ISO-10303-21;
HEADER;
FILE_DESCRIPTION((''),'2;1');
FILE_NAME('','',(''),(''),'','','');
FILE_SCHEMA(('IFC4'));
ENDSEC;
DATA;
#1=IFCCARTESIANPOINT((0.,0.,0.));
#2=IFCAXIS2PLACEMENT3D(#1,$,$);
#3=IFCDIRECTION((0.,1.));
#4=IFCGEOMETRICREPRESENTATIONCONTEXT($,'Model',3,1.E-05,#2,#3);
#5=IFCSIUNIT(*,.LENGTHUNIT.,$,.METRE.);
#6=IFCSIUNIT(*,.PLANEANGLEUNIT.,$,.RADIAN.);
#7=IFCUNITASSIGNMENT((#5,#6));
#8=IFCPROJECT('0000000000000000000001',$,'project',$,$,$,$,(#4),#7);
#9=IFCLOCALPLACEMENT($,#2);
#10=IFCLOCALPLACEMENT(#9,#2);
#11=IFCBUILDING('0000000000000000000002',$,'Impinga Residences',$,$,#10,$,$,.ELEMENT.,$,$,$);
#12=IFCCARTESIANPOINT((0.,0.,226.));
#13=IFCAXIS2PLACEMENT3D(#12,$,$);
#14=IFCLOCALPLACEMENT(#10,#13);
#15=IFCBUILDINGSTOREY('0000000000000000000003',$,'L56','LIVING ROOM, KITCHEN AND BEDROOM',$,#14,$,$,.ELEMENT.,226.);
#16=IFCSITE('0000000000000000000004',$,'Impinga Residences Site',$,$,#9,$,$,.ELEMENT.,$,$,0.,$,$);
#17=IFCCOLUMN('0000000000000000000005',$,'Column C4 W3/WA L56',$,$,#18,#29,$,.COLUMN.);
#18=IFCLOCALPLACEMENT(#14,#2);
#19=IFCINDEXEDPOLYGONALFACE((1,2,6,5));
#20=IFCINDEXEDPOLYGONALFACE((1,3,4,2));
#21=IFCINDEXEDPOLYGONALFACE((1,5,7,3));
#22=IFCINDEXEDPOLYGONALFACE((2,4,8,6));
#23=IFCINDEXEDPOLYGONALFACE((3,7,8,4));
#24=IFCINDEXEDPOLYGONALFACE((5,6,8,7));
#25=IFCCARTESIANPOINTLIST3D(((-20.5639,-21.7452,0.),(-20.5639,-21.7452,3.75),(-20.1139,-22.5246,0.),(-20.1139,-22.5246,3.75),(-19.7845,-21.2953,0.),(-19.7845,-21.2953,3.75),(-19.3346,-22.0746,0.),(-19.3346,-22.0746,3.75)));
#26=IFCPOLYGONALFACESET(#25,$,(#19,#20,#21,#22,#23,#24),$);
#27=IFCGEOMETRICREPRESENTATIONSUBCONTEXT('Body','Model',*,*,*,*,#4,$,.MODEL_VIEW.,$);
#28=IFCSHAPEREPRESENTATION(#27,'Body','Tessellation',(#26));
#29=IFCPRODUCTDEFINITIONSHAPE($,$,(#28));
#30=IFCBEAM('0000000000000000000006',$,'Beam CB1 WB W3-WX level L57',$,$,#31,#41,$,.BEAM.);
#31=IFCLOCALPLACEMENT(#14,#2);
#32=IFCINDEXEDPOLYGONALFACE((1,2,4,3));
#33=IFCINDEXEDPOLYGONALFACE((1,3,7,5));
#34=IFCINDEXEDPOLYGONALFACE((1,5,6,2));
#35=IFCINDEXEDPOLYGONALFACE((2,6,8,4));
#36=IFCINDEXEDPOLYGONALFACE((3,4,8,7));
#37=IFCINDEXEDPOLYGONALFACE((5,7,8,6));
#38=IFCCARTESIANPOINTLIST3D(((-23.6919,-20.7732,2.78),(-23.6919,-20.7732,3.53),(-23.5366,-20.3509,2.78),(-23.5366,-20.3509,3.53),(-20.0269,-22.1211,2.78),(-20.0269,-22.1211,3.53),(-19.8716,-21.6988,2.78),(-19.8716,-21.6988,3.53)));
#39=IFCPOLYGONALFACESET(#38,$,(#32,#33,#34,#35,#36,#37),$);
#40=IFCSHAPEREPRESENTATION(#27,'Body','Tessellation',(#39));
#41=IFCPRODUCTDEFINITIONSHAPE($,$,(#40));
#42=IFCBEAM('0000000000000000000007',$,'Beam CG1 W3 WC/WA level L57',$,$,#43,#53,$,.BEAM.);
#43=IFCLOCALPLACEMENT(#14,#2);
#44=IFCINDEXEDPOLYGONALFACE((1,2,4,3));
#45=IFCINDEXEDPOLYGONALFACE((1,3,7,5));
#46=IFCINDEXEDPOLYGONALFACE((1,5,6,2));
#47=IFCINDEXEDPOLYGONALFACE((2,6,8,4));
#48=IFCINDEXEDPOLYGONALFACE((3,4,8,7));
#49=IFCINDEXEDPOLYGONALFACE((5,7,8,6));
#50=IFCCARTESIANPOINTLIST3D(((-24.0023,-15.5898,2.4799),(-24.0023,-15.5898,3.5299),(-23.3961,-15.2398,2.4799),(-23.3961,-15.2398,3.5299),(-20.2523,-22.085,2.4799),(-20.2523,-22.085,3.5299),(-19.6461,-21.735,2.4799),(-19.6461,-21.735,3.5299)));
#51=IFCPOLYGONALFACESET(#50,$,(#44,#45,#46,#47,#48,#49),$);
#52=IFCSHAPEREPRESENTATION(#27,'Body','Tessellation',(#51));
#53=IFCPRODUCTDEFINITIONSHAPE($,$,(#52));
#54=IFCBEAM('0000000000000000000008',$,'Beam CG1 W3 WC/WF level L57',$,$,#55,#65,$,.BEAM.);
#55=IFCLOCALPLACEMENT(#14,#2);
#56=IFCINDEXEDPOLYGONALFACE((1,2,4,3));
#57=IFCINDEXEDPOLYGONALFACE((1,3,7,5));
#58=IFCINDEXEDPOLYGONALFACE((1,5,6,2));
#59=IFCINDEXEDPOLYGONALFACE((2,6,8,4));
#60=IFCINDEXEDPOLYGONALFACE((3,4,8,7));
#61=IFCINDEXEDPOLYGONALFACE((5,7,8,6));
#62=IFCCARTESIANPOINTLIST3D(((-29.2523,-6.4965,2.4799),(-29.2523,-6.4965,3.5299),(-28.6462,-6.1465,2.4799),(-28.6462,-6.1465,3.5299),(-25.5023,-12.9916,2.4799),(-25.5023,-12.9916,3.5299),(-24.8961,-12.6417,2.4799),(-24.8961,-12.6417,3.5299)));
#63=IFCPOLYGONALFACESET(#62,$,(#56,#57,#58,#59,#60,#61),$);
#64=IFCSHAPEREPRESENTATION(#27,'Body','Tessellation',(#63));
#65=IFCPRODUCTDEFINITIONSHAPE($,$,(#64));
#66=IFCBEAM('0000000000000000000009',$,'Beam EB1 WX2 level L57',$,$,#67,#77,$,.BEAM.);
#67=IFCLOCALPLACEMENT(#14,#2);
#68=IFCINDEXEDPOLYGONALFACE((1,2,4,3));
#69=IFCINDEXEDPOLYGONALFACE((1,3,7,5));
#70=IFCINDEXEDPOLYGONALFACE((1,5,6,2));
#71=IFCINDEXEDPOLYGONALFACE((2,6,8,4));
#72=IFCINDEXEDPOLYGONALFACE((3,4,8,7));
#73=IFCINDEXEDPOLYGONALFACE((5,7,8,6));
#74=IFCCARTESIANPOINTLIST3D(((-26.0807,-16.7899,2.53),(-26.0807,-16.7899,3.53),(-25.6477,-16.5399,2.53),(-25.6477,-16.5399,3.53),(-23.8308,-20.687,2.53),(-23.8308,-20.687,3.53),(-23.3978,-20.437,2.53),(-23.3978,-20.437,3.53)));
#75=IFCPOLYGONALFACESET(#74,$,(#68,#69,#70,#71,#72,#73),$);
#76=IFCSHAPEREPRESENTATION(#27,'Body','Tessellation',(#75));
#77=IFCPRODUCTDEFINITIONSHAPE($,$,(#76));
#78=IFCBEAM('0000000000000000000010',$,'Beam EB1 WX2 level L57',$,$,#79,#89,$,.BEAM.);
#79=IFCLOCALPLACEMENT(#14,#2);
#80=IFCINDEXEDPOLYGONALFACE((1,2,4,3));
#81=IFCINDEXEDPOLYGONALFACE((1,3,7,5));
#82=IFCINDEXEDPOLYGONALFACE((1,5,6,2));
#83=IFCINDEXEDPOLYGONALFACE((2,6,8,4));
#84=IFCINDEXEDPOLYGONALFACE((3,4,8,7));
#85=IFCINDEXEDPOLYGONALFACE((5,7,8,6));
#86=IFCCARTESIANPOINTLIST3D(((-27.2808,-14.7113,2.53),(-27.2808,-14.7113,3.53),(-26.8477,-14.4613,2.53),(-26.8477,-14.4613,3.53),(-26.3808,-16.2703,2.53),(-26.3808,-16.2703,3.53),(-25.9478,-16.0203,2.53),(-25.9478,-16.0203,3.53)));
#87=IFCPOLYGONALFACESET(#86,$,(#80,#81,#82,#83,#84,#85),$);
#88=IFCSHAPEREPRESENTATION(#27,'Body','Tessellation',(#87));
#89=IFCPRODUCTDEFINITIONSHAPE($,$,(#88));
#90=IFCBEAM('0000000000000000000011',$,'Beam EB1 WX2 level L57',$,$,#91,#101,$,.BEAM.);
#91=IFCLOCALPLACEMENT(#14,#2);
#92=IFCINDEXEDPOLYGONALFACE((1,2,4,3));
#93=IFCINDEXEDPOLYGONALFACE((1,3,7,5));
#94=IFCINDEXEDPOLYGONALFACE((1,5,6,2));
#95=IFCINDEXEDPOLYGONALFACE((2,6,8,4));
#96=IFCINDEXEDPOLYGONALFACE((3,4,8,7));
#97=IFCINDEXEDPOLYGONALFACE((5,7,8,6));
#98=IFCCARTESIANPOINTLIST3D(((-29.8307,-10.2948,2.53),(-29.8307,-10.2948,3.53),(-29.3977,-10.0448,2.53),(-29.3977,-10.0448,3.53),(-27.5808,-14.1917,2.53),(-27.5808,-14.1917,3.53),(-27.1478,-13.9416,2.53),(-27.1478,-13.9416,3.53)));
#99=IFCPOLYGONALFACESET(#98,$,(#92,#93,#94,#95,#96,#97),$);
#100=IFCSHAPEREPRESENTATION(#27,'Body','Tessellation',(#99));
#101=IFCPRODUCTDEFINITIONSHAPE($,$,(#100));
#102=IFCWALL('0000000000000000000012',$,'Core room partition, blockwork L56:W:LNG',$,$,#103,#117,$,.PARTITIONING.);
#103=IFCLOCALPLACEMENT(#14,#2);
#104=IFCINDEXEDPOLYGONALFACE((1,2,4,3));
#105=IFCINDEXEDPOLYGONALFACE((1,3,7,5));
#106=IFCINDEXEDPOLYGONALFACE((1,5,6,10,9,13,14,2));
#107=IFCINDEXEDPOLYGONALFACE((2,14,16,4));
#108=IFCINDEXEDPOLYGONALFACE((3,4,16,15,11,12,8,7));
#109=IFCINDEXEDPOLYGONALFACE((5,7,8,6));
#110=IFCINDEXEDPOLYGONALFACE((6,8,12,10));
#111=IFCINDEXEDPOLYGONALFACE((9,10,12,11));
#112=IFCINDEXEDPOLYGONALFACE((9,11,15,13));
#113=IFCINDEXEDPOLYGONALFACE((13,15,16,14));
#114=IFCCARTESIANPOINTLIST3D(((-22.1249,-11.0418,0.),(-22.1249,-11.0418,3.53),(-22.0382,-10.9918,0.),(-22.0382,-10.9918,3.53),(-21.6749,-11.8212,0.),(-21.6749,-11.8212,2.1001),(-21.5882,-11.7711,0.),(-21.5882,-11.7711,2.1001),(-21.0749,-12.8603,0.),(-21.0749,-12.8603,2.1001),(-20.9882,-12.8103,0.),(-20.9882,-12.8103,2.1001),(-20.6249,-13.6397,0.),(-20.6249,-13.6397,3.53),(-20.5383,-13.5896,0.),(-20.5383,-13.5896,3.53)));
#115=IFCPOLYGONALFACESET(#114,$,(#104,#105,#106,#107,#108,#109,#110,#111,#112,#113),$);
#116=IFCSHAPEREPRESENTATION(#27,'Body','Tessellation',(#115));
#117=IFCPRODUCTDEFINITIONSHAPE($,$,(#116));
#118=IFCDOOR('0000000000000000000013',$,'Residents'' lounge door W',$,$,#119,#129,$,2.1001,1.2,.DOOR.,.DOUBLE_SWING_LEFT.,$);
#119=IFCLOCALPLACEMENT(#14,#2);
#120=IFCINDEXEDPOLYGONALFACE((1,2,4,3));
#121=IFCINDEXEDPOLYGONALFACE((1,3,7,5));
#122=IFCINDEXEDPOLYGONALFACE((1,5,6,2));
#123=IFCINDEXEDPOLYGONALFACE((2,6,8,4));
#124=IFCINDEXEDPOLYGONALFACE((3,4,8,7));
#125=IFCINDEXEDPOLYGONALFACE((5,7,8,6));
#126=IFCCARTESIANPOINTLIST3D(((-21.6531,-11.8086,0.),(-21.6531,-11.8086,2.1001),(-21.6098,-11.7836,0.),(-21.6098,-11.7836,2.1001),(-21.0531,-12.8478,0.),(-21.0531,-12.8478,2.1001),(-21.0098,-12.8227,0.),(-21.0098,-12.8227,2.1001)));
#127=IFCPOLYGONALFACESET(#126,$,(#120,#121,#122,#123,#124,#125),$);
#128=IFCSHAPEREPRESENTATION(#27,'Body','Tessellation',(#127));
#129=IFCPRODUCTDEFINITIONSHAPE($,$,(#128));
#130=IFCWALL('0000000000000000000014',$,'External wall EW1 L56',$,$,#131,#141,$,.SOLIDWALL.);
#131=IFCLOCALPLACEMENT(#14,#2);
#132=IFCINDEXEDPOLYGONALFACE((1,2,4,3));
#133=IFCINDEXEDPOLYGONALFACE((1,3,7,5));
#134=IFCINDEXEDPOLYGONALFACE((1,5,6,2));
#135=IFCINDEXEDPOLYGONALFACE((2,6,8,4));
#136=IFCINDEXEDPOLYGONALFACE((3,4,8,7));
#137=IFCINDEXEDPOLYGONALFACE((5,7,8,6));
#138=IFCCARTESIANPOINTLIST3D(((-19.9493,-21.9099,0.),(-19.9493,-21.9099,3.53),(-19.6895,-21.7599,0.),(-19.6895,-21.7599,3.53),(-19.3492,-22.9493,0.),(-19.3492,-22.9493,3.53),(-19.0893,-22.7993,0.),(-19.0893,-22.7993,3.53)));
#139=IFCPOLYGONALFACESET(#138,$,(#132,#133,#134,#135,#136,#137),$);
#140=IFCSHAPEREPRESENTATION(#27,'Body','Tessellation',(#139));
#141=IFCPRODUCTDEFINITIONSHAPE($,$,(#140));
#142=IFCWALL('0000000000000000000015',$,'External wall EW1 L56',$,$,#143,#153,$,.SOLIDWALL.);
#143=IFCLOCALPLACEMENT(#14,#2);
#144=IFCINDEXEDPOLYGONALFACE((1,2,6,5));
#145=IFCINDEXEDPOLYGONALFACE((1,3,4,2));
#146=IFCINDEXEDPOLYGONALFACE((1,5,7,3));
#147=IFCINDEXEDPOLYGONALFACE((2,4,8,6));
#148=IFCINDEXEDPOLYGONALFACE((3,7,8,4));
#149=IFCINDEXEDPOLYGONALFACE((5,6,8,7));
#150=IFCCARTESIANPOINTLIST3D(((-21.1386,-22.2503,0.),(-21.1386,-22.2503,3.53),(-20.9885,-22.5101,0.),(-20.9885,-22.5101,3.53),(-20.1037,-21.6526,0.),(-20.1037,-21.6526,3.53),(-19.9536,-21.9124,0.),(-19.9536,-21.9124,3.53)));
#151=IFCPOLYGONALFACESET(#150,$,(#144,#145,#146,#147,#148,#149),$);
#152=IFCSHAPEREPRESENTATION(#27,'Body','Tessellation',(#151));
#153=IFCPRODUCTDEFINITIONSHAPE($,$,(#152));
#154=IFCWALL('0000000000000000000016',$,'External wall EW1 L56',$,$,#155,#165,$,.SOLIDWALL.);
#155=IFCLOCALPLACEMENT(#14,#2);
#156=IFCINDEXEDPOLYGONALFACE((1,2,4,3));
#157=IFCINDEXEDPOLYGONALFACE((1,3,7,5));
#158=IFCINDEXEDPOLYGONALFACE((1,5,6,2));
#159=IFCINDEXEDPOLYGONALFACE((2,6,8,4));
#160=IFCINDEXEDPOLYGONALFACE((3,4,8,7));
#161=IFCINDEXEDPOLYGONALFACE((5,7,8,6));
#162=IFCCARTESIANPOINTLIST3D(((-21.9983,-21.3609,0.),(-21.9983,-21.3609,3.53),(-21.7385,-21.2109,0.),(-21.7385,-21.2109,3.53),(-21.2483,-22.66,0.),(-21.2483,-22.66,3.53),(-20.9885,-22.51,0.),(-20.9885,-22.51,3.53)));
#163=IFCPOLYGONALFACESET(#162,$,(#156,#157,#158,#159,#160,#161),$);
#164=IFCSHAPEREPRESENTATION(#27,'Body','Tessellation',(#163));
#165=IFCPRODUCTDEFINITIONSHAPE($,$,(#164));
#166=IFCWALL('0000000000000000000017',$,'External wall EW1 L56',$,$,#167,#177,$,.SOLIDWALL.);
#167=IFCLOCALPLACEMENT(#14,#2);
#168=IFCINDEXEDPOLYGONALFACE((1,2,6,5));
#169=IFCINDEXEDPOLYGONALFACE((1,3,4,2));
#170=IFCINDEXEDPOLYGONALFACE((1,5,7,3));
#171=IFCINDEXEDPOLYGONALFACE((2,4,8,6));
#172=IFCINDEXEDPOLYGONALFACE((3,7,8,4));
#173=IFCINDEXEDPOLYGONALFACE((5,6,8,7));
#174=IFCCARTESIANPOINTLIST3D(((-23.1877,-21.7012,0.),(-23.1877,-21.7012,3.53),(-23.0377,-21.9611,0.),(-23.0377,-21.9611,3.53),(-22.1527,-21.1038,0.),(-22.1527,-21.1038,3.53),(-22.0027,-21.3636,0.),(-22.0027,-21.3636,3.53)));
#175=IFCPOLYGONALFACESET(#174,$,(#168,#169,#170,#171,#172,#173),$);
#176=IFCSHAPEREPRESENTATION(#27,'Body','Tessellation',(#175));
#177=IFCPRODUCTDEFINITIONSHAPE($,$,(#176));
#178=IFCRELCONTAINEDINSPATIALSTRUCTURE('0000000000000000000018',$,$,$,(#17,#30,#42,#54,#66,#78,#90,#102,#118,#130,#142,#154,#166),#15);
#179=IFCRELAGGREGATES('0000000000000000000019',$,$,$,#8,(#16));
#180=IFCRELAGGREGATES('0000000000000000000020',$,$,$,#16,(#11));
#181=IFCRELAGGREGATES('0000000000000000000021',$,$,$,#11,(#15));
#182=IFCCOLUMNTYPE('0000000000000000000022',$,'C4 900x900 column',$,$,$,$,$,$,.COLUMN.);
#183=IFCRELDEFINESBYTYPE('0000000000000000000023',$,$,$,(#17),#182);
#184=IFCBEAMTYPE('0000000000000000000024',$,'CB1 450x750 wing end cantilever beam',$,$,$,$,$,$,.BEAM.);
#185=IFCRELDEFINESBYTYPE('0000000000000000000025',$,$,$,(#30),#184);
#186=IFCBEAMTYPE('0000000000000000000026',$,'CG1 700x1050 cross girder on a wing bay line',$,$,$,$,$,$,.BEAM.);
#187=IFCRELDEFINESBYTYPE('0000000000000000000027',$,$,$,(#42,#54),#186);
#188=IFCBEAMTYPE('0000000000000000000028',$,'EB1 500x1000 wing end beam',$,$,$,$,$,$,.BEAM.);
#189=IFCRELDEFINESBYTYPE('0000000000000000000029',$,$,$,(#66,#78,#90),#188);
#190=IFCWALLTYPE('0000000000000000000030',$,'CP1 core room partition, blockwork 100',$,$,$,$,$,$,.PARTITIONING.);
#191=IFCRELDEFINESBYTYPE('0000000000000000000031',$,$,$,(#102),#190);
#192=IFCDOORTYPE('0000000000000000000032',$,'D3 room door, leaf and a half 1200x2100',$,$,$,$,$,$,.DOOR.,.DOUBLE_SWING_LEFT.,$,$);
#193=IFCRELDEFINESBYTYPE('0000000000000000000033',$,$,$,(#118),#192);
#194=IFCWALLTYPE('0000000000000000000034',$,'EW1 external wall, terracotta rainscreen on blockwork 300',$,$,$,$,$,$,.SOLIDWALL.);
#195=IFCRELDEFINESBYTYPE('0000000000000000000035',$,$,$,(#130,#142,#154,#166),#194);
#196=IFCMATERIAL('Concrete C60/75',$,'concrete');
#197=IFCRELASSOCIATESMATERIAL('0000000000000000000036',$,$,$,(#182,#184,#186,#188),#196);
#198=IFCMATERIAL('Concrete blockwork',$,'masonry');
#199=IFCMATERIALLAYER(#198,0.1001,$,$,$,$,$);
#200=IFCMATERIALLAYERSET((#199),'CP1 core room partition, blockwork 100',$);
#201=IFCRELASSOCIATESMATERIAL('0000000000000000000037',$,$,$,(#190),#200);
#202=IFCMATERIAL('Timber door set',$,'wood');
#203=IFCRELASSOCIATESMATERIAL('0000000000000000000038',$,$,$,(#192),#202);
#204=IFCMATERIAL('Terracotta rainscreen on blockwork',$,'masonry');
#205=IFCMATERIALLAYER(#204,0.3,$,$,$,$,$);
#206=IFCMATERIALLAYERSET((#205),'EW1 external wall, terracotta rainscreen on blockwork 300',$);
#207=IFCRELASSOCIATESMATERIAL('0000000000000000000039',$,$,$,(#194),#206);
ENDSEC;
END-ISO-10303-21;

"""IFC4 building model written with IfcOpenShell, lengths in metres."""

from ifc_helpers import new_model, si_unit, direction, frame, frame_2d, origin, origin_2d, place, context, subcontext, project, spatial, rectangle, extrude, material, layer, layer_set, material_profile, profile_set, type_object, element, fill, save


model = new_model("IFC4")

# Units and contexts
model_context = context("Model", 3, precision=1e-05, world=origin(), true_north=direction((0.0, 1.0)))
body_context = subcontext(model_context, "Body", "Model", "MODEL_VIEW")
ifc_project = project(units=[si_unit("LENGTHUNIT", "METRE"), si_unit("PLANEANGLEUNIT", "RADIAN")], contexts=[model_context])

# Site, building, storey
site_placement = place(None, origin())
site = spatial("IfcSite", under=ifc_project, at=site_placement, Name="Impinga Residences Site", CompositionType="ELEMENT", RefElevation=0.0)
building_placement = place(site_placement, origin())
building = spatial("IfcBuilding", under=site, at=building_placement, Name="Impinga Residences", CompositionType="ELEMENT")
storey_placement = place(building_placement, frame((0.0, 0.0, 226.0)))
storey = spatial("IfcBuildingStorey", under=building, at=storey_placement, Name="L56", Description="LIVING ROOM, KITCHEN AND BEDROOM", CompositionType="ELEMENT", Elevation=226.0)

# Column
ifc_material_1 = material(Name="Concrete C60/75", Category="concrete")
ifc_material_profile_1 = material_profile(ifc_material_1, rectangle(XDim=0.8999, YDim=0.8999, at=origin_2d()), Name="RC 900x900")
ifc_profile_set_1 = profile_set([ifc_material_profile_1], Name="Concrete C60/75")
column_type = type_object("IfcColumnType", Name="C4 900x900 column", PredefinedType="COLUMN", material=ifc_profile_set_1)
column_placement = place(storey_placement, frame((-19.9492, -21.9099, 0.0), z_axis=(0.0, 0.0, 1.0), x_axis=(-0.5, 0.866025, 0.0)))
element("IfcColumn", 1, at=column_placement, inside=storey, type_object=column_type, Name="Column C4 W3/WA L56", PredefinedType="COLUMN", context=body_context, shape_type="SweptSolid", body=[
    extrude(rectangle(XDim=0.8999, YDim=0.8999, at=origin_2d()), origin(), (0.0, 0.0, 1.0), 3.75),
])

# Beams
ifc_material_profile_2 = material_profile(ifc_material_1, rectangle(XDim=0.45, YDim=0.75, at=origin_2d()), Name="RC 450x750")
ifc_profile_set_2 = profile_set([ifc_material_profile_2], Name="Concrete C60/75")
beam_type_1 = type_object("IfcBeamType", Name="CB1 450x750 wing end cantilever beam", PredefinedType="BEAM", material=ifc_profile_set_2)
beam_1_placement = place(storey_placement, frame((-19.9492, -21.9099, 3.155), z_axis=(-0.93854, 0.345169, 0.0), x_axis=(-0.345169, -0.93854, 0.0)))
element("IfcBeam", 2, at=beam_1_placement, inside=storey, type_object=beam_type_1, Name="Beam CB1 WB W3-WX level L57", PredefinedType="BEAM", context=body_context, shape_type="SweptSolid", body=[
    extrude(rectangle(XDim=0.45, YDim=0.75, at=origin_2d()), origin(), (0.0, 0.0, 1.0), 3.905),
])
ifc_material_profile_3 = material_profile(ifc_material_1, rectangle(XDim=0.7, YDim=1.05, at=origin_2d()), Name="RC 700x1050")
ifc_profile_set_3 = profile_set([ifc_material_profile_3], Name="Concrete C60/75")
beam_type_2 = type_object("IfcBeamType", Name="CG1 700x1050 cross girder on a wing bay line", PredefinedType="BEAM", material=ifc_profile_set_3)
for number, where, z_axis, x_axis, name in (
    (3, (-23.6992, -15.4148, 3.0049), (0.500004, -0.866023, 0.0), (0.866023, 0.500004, 0.0), "Beam CG1 W3 WC/WA level L57"),
    (4, (-25.1992, -12.8167, 3.0049), (-0.500004, 0.866023, 0.0), (-0.866023, -0.500004, 0.0), "Beam CG1 W3 WC/WF level L57"),
):
    element("IfcBeam", number, at=place(storey_placement, frame(where, z_axis=z_axis, x_axis=x_axis)), inside=storey, type_object=beam_type_2, Name=name, PredefinedType="BEAM", context=body_context, shape_type="SweptSolid", body=[
        extrude(rectangle(XDim=0.7, YDim=1.05, at=origin_2d()), origin(), (0.0, 0.0, 1.0), 7.5),
    ])
ifc_material_profile_4 = material_profile(ifc_material_1, rectangle(XDim=0.5, YDim=1.0, at=origin_2d()), Name="RC 500x1000")
ifc_profile_set_4 = profile_set([ifc_material_profile_4], Name="Concrete C60/75")
beam_type_3 = type_object("IfcBeamType", Name="EB1 500x1000 wing end beam", PredefinedType="BEAM", material=ifc_profile_set_4)
beam_2_placement = place(storey_placement, frame((-23.6143, -20.562, 3.03), z_axis=(-0.49999, 0.866031, 0.0), x_axis=(-0.866031, -0.49999, 0.0)))
element("IfcBeam", 5, at=beam_2_placement, inside=storey, type_object=beam_type_3, Name="Beam EB1 WX2 level L57", PredefinedType="BEAM", context=body_context, shape_type="SweptSolid", body=[
    extrude(rectangle(XDim=0.5, YDim=1.0, at=origin_2d()), origin(), (0.0, 0.0, 1.0), 4.5),
])
beam_3_placement = place(storey_placement, frame((-26.1643, -16.1453, 3.03), z_axis=(-0.499961, 0.866048, 0.0), x_axis=(-0.866048, -0.499961, 0.0)))
element("IfcBeam", 6, at=beam_3_placement, inside=storey, type_object=beam_type_3, Name="Beam EB1 WX2 level L57", PredefinedType="BEAM", context=body_context, shape_type="SweptSolid", body=[
    extrude(rectangle(XDim=0.5, YDim=1.0, at=origin_2d()), origin(), (0.0, 0.0, 1.0), 1.8),
])
beam_4_placement = place(storey_placement, frame((-27.3643, -14.0667, 3.03), z_axis=(-0.500014, 0.866018, 0.0), x_axis=(-0.866018, -0.500014, 0.0)))
element("IfcBeam", 7, at=beam_4_placement, inside=storey, type_object=beam_type_3, Name="Beam EB1 WX2 level L57", PredefinedType="BEAM", context=body_context, shape_type="SweptSolid", body=[
    extrude(rectangle(XDim=0.5, YDim=1.0, at=origin_2d()), origin(), (0.0, 0.0, 1.0), 4.4998),
])

# Wall, opening, door
ifc_material_2 = material(Name="Concrete blockwork", Category="masonry")
ifc_layer_1 = layer(ifc_material_2, 0.1001)
ifc_layer_set_1 = layer_set([ifc_layer_1], Name="CP1 core room partition, blockwork 100")
wall_type_1 = type_object("IfcWallType", Name="CP1 core room partition, blockwork 100", PredefinedType="PARTITIONING", material=ifc_layer_set_1)
wall_1_placement = place(storey_placement, frame((-20.5815, -13.6147, 0.0), z_axis=(0.0, 0.0, 1.0), x_axis=(-0.500025, 0.866011, 0.0)))
wall_1 = element("IfcWall", 8, at=wall_1_placement, inside=storey, type_object=wall_type_1, Name="Core room partition, blockwork L56:W:LNG", PredefinedType="PARTITIONING", context=body_context, shape_type="SweptSolid", body=[
    extrude(rectangle(XDim=2.9998, YDim=0.1001, at=frame_2d((1.5, 0.0))), origin(), (0.0, 0.0, 1.0), 3.53),
])
opening_1_placement = place(wall_1_placement, frame((0.8999, 0.0, 0.0)))
opening_1 = element("IfcOpeningElement", 9, at=opening_1_placement, cuts=wall_1, PredefinedType="OPENING", context=body_context, shape_type="SweptSolid", body=[
    extrude(rectangle(XDim=1.2, YDim=2.1001, at=frame_2d((0.6001, 1.05))), frame((0.0, 0.0601, 0.0), z_axis=(0.0, -1.0, 0.0), x_axis=(1.0, 0.0, 0.0)), (0.0, 0.0, 1.0), 0.1201),
])
ifc_material_3 = material(Name="Timber door set", Category="wood")
door_type = type_object("IfcDoorType", Name="D3 room door, leaf and a half 1200x2100", OperationType="DOUBLE_SWING_LEFT", PredefinedType="DOOR", material=ifc_material_3)
door_placement = place(opening_1_placement, origin())
door = element("IfcDoor", 10, at=door_placement, inside=storey, type_object=door_type, Name="Residents' lounge door W", OperationType="DOUBLE_SWING_LEFT", OverallHeight=2.1001, OverallWidth=1.2, PredefinedType="DOOR", context=body_context, shape_type="SweptSolid", body=[
    extrude(rectangle(XDim=1.2, YDim=2.1001, at=frame_2d((0.6001, 1.05))), frame((0.0, 0.0249, 0.0), z_axis=(0.0, -1.0, 0.0), x_axis=(1.0, 0.0, 0.0)), (0.0, 0.0, 1.0), 0.05),
])
fill(opening_1, door)

# Walls
ifc_material_4 = material(Name="Terracotta rainscreen on blockwork", Category="masonry")
ifc_layer_2 = layer(ifc_material_4, 0.3)
ifc_layer_set_2 = layer_set([ifc_layer_2], Name="EW1 external wall, terracotta rainscreen on blockwork 300")
wall_type_2 = type_object("IfcWallType", Name="EW1 external wall, terracotta rainscreen on blockwork 300", PredefinedType="SOLIDWALL", material=ifc_layer_set_2)
wall_2_placement = place(storey_placement, frame((-19.2192, -22.8743, 0.0), z_axis=(0.0, 0.0, 1.0), x_axis=(-0.500034, 0.866006, 0.0)))
element("IfcWall", 11, at=wall_2_placement, inside=storey, type_object=wall_type_2, Name="External wall EW1 L56", PredefinedType="SOLIDWALL", context=body_context, shape_type="SweptSolid", body=[
    extrude(rectangle(XDim=1.2002, YDim=0.3, at=frame_2d((0.6001, 0.0))), origin(), (0.0, 0.0, 1.0), 3.53),
])
wall_3_placement = place(storey_placement, frame((-20.0286, -21.7825, 0.0), z_axis=(0.0, 0.0, 1.0), x_axis=(-0.865971, -0.500094, 0.0)))
element("IfcWall", 12, at=wall_3_placement, inside=storey, type_object=wall_type_2, Name="External wall EW1 L56", PredefinedType="SOLIDWALL", context=body_context, shape_type="SweptSolid", body=[
    extrude(rectangle(XDim=1.1951, YDim=0.3, at=frame_2d((0.5977, 0.0))), origin(), (0.0, 0.0, 1.0), 3.53),
])
wall_4_placement = place(storey_placement, frame((-21.1184, -22.585, 0.0), z_axis=(0.0, 0.0, 1.0), x_axis=(-0.49999, 0.866031, 0.0)))
element("IfcWall", 13, at=wall_4_placement, inside=storey, type_object=wall_type_2, Name="External wall EW1 L56", PredefinedType="SOLIDWALL", context=body_context, shape_type="SweptSolid", body=[
    extrude(rectangle(XDim=1.5, YDim=0.3, at=frame_2d((0.75, 0.0))), origin(), (0.0, 0.0, 1.0), 3.53),
])
wall_5_placement = place(storey_placement, frame((-22.0776, -21.2336, 0.0), z_axis=(0.0, 0.0, 1.0), x_axis=(-0.86606, -0.499941, 0.0)))
element("IfcWall", 14, at=wall_5_placement, inside=storey, type_object=wall_type_2, Name="External wall EW1 L56", PredefinedType="SOLIDWALL", context=body_context, shape_type="SweptSolid", body=[
    extrude(rectangle(XDim=1.1951, YDim=0.3, at=frame_2d((0.5977, 0.0))), origin(), (0.0, 0.0, 1.0), 3.53),
])

save(model, "model.ifc")
